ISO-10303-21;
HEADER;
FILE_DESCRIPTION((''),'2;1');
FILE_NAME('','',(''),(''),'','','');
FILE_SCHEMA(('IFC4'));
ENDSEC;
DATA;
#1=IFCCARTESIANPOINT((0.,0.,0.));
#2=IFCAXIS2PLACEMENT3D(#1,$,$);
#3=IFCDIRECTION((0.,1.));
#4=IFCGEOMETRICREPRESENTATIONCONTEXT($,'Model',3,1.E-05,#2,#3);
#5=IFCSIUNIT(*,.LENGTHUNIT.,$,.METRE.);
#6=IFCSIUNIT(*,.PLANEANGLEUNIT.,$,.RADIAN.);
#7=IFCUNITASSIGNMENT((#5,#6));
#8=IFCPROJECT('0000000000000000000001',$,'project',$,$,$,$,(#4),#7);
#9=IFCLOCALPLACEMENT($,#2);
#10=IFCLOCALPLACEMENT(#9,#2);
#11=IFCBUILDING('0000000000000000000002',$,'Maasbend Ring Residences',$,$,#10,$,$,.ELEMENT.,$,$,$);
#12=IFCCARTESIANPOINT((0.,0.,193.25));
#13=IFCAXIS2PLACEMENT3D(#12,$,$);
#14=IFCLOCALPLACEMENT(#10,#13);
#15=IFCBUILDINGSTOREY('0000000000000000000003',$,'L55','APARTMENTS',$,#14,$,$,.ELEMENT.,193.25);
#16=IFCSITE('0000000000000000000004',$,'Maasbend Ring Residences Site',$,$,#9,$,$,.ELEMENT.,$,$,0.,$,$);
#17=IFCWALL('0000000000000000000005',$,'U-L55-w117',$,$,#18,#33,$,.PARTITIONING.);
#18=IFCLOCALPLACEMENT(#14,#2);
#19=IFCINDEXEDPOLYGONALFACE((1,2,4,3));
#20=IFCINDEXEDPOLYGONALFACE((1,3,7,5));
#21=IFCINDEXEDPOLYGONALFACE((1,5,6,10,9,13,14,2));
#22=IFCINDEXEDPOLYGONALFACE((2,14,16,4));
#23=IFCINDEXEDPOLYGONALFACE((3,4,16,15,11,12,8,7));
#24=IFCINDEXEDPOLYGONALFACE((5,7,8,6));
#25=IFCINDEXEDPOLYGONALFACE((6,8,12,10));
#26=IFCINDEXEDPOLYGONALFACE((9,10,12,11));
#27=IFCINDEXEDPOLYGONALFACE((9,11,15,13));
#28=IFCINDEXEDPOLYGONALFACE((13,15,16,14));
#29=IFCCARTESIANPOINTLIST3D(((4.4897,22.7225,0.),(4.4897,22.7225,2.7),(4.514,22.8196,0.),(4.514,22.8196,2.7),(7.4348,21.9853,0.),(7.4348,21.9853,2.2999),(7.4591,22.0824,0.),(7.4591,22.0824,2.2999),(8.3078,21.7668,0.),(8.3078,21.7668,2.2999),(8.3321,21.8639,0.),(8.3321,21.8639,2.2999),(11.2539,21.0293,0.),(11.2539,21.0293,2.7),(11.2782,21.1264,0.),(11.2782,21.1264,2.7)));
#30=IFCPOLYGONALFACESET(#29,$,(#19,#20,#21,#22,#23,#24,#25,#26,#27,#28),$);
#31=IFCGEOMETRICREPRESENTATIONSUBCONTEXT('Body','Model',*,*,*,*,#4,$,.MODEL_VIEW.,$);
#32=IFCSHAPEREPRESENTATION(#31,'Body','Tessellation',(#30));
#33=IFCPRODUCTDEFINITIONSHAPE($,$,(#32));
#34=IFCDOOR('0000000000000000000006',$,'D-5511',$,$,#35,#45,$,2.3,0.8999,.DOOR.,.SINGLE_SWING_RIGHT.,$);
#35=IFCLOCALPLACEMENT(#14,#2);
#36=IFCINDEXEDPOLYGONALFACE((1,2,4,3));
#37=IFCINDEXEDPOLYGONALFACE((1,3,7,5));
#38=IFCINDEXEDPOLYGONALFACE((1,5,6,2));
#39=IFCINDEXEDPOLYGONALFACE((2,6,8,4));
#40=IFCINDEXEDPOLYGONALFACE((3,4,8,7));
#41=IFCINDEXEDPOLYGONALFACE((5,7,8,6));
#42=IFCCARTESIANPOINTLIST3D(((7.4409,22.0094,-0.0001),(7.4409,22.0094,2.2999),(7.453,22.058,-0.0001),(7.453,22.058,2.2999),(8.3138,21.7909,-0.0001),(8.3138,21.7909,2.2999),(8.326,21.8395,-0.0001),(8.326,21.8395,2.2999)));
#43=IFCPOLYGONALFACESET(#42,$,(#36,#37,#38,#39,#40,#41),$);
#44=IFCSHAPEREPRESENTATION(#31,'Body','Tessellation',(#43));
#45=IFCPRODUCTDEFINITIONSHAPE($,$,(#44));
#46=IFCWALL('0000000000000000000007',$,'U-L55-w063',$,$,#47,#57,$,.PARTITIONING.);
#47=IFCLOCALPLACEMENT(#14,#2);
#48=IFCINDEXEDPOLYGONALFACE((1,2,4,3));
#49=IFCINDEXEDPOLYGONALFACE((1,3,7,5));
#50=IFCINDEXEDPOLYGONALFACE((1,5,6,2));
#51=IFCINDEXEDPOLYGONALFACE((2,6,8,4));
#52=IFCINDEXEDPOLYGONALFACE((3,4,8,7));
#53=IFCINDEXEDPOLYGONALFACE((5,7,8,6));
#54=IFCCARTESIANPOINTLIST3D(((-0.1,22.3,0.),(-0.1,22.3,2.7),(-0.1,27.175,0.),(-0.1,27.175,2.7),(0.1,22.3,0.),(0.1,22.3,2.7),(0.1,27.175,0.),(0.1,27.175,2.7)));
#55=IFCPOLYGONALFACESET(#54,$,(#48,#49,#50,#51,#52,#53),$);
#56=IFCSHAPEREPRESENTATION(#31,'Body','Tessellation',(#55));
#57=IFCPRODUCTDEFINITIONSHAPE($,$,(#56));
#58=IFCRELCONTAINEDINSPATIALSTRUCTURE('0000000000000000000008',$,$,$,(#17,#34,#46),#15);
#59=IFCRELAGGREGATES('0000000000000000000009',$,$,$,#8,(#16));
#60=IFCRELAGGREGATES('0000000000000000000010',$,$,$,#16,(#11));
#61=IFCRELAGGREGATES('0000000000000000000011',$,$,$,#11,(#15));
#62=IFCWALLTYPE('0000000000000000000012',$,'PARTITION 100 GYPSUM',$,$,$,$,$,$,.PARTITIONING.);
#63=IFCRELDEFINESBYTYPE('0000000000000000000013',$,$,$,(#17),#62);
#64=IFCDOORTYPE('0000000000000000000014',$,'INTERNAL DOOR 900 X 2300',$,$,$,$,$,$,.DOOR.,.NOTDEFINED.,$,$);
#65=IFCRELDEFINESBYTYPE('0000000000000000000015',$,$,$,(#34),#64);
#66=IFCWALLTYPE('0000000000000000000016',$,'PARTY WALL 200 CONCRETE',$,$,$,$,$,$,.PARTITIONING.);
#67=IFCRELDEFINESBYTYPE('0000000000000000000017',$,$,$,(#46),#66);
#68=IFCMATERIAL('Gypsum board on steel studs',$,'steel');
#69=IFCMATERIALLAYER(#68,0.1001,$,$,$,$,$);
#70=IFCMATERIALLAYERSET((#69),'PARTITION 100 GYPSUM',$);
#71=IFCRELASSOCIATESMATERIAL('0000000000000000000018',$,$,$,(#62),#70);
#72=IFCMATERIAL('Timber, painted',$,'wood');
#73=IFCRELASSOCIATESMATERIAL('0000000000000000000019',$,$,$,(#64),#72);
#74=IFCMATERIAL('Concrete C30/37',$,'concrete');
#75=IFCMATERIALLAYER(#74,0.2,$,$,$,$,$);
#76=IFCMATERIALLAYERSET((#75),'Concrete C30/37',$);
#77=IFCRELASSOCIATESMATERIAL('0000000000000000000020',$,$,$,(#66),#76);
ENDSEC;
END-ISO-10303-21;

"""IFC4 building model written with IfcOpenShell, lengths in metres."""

from ifc_helpers import new_model, si_unit, direction, frame, frame_2d, origin, place, context, subcontext, project, spatial, rectangle, extrude, material, layer, layer_set, type_object, element, fill, save


model = new_model("IFC4")

# Units and contexts
model_context = context("Model", 3, precision=1e-05, world=origin(), true_north=direction((0.0, 1.0)))
body_context = subcontext(model_context, "Body", "Model", "MODEL_VIEW")
ifc_project = project(units=[si_unit("LENGTHUNIT", "METRE"), si_unit("PLANEANGLEUNIT", "RADIAN")], contexts=[model_context])

# Site, building, storey
site_placement = place(None, origin())
site = spatial("IfcSite", under=ifc_project, at=site_placement, Name="Maasbend Ring Residences Site", CompositionType="ELEMENT", RefElevation=0.0)
building_placement = place(site_placement, origin())
building = spatial("IfcBuilding", under=site, at=building_placement, Name="Maasbend Ring Residences", CompositionType="ELEMENT")
storey_placement = place(building_placement, frame((0.0, 0.0, 193.25)))
storey = spatial("IfcBuildingStorey", under=building, at=storey_placement, Name="L55", Description="APARTMENTS", CompositionType="ELEMENT", Elevation=193.25)

# Shared definitions
ifc_material_1 = material(Name="Gypsum board on steel studs", Category="steel")
ifc_layer_1 = layer(ifc_material_1, 0.1001)
ifc_layer_set_1 = layer_set([ifc_layer_1], Name="PARTITION 100 GYPSUM")
wall_type_1 = type_object("IfcWallType", Name="PARTITION 100 GYPSUM", PredefinedType="PARTITIONING", material=ifc_layer_set_1)
ifc_material_2 = material(Name="Timber, painted", Category="wood")
door_type_1 = type_object("IfcDoorType", Name="INTERNAL DOOR 900 X 2300", OperationType="NOTDEFINED", PredefinedType="DOOR", material=ifc_material_2)

# Wall, opening, door
wall_1_placement = place(storey_placement, frame((4.502, 22.771, 0.0), z_axis=(0.0, 0.0, 1.0), x_axis=(0.970072, -0.242816, 0.0)))
wall_1 = element("IfcWall", 1, at=wall_1_placement, inside=storey, type_object=wall_type_1, Name="U-L55-w117", PredefinedType="PARTITIONING", context=body_context, shape_type="SweptSolid", body=[
    extrude(rectangle(XDim=6.9729, YDim=0.1001, at=frame_2d((3.4863, 0.0))), origin(), (0.0, 0.0, 1.0), 2.7),
])
opening_1_placement = place(wall_1_placement, frame((3.0359, 0.0, 0.0)))
opening_1 = element("IfcOpeningElement", 2, at=opening_1_placement, cuts=wall_1, PredefinedType="OPENING", context=body_context, shape_type="SweptSolid", body=[
    extrude(rectangle(XDim=0.8999, YDim=2.3, at=frame_2d((0.45, 1.1499))), frame((0.0, 0.0601, 0.0), z_axis=(0.0, -1.0, 0.0), x_axis=(1.0, 0.0, 0.0)), (0.0, 0.0, 1.0), 0.1201),
])
door_1_placement = place(opening_1_placement, origin())
door_1 = element("IfcDoor", 3, at=door_1_placement, inside=storey, type_object=door_type_1, Name="D-5511", OperationType="SINGLE_SWING_RIGHT", OverallHeight=2.3, OverallWidth=0.8999, PredefinedType="DOOR", context=body_context, shape_type="SweptSolid", body=[
    extrude(rectangle(XDim=0.8999, YDim=2.3, at=frame_2d((0.45, 1.1499))), frame((0.0, 0.0249, 0.0), z_axis=(0.0, -1.0, 0.0), x_axis=(1.0, 0.0, 0.0)), (0.0, 0.0, 1.0), 0.05),
])
fill(opening_1, door_1)

# Wall
ifc_material_3 = material(Name="Concrete C30/37", Category="concrete")
ifc_layer_2 = layer(ifc_material_3, 0.2)
ifc_layer_set_2 = layer_set([ifc_layer_2], Name="Concrete C30/37")
wall_type_2 = type_object("IfcWallType", Name="PARTY WALL 200 CONCRETE", PredefinedType="PARTITIONING", material=ifc_layer_set_2)
wall_2_placement = place(storey_placement, frame((0.0, 22.3, 0.0), z_axis=(0.0, 0.0, 1.0), x_axis=(0.0, 1.0, 0.0)))
element("IfcWall", 4, at=wall_2_placement, inside=storey, type_object=wall_type_2, Name="U-L55-w063", PredefinedType="PARTITIONING", context=body_context, shape_type="SweptSolid", body=[
    extrude(rectangle(XDim=4.875, YDim=0.2, at=frame_2d((2.4375, 0.0))), origin(), (0.0, 0.0, 1.0), 2.7),
])

save(model, "model.ifc")
